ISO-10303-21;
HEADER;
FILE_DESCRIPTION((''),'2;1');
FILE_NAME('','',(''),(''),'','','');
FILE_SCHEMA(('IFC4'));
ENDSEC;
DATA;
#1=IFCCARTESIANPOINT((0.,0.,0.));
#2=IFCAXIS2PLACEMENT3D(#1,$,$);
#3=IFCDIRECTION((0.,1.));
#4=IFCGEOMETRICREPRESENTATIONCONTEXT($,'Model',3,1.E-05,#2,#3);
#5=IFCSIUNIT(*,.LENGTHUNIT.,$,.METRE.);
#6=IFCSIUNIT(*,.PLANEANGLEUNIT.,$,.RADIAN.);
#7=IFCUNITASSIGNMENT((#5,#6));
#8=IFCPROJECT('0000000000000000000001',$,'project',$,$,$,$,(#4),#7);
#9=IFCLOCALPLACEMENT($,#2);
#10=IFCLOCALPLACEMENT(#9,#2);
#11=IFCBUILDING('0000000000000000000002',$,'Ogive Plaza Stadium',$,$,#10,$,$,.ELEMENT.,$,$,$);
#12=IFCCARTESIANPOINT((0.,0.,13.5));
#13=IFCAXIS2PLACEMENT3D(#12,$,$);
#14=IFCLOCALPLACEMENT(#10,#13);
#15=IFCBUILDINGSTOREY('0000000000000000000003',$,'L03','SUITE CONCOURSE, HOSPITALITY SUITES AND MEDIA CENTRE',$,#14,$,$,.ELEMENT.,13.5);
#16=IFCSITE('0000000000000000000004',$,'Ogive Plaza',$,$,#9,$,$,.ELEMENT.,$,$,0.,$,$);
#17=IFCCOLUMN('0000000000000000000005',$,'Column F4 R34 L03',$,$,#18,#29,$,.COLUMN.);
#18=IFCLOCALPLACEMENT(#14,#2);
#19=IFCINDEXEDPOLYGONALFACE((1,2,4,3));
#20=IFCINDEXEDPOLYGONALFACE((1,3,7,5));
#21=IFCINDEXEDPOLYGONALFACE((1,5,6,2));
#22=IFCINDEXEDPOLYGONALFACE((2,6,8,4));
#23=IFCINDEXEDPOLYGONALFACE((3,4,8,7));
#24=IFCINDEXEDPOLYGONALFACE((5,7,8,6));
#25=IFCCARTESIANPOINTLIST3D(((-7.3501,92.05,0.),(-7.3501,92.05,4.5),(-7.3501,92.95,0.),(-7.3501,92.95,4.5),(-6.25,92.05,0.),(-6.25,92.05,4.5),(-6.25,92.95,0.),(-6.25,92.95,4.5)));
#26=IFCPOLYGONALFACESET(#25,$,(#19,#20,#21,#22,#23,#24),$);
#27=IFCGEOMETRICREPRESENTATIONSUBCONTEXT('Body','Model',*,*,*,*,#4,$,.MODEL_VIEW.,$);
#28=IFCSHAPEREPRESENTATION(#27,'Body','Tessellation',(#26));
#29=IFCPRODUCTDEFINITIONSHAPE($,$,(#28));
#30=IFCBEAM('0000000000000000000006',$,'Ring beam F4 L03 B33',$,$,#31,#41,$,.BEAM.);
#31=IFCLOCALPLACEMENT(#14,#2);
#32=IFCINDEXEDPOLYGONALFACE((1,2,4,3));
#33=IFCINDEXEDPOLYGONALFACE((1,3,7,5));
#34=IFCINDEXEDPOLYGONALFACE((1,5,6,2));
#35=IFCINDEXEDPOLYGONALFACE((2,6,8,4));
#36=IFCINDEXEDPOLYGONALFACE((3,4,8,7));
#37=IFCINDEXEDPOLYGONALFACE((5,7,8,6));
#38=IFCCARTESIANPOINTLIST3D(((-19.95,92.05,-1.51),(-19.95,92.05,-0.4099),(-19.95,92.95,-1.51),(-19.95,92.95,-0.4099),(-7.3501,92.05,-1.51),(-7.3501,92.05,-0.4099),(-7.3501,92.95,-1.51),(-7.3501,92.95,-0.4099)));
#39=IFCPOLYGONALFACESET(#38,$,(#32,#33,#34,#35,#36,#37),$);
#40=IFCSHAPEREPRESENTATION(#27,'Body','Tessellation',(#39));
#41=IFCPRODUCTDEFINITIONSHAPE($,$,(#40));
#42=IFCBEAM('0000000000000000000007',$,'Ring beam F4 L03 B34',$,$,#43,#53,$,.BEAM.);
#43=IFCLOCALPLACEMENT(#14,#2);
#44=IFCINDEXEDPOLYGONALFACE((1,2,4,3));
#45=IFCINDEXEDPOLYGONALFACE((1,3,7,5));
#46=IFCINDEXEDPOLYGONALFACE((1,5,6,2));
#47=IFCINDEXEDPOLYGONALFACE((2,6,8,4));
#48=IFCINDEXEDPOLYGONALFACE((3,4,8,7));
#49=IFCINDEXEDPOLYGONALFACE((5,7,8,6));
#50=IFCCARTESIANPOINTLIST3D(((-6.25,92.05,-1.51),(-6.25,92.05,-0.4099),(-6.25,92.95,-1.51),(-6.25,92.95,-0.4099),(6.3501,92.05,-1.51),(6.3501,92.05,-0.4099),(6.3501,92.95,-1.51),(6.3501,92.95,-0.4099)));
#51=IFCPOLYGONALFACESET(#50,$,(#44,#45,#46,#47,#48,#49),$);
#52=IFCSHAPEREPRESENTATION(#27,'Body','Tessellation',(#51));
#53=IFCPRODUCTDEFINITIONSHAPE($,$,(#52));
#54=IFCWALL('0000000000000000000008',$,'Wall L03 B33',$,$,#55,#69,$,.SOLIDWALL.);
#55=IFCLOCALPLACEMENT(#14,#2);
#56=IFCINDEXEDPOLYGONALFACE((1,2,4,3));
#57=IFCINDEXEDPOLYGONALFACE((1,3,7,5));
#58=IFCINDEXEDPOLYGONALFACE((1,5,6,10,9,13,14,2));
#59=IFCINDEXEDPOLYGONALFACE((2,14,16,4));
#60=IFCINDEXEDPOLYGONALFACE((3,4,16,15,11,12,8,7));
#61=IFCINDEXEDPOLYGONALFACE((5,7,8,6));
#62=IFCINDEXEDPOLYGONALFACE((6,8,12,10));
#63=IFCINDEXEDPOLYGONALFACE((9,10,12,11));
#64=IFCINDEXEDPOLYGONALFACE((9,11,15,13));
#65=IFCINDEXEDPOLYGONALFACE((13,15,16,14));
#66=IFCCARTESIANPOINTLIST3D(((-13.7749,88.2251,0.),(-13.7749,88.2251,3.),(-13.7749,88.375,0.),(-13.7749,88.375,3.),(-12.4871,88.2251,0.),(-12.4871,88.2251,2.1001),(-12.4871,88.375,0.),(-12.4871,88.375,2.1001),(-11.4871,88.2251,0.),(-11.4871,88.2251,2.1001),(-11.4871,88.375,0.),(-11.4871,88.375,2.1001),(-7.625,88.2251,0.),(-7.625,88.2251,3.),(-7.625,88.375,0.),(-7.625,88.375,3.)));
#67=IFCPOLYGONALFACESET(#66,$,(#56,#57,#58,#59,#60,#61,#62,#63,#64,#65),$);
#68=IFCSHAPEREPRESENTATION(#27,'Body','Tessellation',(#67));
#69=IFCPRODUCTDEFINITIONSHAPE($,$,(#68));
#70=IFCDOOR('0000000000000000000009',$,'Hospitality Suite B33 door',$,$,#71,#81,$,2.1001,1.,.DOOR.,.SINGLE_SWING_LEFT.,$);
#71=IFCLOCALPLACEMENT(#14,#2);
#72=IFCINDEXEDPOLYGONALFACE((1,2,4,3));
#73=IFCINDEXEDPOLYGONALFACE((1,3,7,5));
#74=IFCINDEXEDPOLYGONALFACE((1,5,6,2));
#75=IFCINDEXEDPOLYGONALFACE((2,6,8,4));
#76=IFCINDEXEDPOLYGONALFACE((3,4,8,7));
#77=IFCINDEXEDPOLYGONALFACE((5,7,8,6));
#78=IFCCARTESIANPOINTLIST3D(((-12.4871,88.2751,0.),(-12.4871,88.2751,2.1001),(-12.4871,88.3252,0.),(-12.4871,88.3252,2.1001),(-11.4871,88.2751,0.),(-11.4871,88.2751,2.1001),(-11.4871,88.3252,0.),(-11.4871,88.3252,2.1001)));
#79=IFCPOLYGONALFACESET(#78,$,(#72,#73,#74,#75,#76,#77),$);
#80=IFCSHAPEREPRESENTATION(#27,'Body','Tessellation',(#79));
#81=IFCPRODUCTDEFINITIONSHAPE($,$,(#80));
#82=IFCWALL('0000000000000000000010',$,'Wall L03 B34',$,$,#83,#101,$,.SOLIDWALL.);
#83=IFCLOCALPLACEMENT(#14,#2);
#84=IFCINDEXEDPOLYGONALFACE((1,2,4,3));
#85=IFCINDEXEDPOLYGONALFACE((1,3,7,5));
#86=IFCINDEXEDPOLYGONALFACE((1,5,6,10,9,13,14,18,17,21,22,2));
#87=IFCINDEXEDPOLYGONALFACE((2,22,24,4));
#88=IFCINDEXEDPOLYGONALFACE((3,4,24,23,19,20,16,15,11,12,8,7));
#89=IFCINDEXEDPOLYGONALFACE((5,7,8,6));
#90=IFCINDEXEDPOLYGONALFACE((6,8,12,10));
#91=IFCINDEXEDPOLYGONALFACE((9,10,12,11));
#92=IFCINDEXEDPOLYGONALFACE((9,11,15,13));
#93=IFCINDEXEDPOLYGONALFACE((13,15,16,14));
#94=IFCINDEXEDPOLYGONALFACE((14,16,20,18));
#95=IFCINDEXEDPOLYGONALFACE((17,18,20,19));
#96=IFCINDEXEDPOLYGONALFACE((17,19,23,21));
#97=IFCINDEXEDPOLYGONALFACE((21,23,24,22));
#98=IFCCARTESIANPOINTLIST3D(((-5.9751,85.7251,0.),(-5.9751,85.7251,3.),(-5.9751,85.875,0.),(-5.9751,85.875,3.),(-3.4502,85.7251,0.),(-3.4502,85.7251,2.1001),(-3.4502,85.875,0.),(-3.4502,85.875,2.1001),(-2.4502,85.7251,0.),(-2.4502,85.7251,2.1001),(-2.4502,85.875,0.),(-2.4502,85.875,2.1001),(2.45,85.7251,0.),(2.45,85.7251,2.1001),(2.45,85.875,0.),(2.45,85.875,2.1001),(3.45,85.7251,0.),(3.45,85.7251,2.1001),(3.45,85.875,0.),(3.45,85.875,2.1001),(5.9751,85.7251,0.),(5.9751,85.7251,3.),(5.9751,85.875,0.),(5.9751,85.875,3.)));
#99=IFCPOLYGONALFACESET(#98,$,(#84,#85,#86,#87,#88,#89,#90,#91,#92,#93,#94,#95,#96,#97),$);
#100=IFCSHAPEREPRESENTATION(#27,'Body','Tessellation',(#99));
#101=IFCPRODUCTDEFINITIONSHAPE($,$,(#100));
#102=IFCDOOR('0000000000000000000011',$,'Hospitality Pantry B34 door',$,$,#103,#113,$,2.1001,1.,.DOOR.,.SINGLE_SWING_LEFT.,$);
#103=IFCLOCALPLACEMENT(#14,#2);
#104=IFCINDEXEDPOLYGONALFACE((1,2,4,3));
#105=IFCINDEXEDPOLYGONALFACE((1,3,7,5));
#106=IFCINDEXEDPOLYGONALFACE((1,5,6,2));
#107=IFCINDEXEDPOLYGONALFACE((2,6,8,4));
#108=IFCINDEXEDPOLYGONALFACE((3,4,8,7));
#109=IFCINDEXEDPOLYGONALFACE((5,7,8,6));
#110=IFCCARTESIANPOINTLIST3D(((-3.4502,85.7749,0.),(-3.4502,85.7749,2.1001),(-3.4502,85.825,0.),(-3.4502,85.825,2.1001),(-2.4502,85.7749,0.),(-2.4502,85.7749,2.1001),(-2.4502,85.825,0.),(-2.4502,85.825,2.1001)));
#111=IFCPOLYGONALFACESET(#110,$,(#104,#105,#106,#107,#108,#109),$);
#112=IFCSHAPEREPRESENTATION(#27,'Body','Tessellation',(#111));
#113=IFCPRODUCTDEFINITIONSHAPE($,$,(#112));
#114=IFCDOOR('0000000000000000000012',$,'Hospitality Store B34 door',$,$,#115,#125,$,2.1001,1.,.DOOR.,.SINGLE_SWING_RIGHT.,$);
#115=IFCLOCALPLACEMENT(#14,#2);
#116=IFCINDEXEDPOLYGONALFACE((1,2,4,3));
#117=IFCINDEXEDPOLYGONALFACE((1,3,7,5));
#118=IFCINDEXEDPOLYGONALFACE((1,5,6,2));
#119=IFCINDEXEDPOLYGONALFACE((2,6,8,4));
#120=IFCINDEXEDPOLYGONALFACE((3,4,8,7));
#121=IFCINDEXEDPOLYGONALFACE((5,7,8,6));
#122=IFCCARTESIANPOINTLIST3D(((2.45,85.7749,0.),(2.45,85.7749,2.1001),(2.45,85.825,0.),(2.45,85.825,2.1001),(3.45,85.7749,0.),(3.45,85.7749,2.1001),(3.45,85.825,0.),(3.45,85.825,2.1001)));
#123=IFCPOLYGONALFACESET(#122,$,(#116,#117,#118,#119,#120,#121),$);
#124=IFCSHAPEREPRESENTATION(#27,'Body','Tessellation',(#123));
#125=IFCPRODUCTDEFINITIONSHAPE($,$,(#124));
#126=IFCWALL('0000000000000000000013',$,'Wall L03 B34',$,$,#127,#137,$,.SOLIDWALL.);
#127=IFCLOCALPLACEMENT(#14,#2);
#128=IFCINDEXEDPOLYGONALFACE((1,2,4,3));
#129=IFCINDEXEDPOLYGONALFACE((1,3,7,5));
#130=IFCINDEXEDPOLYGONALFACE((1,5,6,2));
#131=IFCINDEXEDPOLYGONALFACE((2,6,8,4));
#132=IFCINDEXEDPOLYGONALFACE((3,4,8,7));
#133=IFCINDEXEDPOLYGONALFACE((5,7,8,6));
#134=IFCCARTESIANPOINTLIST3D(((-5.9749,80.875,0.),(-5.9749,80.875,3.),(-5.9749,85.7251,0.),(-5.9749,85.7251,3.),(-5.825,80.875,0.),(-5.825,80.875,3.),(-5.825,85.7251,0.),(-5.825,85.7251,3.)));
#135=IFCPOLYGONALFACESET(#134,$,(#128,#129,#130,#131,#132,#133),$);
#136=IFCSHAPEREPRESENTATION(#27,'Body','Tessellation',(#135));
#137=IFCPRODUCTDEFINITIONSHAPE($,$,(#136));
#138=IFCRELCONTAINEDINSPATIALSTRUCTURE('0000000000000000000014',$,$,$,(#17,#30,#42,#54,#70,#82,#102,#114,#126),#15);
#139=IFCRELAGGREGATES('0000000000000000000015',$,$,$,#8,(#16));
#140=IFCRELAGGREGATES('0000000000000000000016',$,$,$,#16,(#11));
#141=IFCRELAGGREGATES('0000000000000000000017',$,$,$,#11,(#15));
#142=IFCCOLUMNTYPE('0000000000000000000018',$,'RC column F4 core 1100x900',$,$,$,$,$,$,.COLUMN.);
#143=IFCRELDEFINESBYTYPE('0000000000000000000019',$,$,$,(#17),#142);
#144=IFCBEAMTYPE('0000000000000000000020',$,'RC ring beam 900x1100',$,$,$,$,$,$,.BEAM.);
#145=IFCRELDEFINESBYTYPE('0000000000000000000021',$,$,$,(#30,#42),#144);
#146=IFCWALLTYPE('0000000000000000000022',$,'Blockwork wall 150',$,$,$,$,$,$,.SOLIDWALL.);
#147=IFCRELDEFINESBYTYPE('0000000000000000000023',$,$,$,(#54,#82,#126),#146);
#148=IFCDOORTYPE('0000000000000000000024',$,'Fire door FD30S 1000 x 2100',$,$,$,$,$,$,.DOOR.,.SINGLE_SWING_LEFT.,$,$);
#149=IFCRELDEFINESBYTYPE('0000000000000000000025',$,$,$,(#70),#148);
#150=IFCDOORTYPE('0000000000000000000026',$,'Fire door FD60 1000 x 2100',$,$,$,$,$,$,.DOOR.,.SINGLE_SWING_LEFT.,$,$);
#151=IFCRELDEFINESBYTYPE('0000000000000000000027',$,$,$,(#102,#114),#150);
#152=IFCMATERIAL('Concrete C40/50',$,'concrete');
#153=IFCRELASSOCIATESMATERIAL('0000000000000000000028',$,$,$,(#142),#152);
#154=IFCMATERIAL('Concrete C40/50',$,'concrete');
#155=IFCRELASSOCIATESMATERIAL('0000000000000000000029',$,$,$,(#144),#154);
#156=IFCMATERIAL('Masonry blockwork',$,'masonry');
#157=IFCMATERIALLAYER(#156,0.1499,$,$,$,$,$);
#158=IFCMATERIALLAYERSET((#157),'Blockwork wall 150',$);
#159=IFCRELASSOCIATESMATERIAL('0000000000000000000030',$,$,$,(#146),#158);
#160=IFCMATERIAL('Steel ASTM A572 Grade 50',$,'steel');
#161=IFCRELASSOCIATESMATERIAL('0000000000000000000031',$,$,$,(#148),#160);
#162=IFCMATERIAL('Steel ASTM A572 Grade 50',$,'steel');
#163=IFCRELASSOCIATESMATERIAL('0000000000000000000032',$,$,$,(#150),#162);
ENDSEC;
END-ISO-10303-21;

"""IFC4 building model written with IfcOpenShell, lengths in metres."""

from ifc_helpers import new_model, si_unit, direction, frame, frame_2d, origin, origin_2d, place, context, subcontext, project, spatial, rectangle, extrude, material, layer, layer_set, material_profile, profile_set, type_object, element, fill, save


model = new_model("IFC4")

# Units and contexts
model_context = context("Model", 3, precision=1e-05, world=origin(), true_north=direction((0.0, 1.0)))
body_context = subcontext(model_context, "Body", "Model", "MODEL_VIEW")
ifc_project = project(units=[si_unit("LENGTHUNIT", "METRE"), si_unit("PLANEANGLEUNIT", "RADIAN")], contexts=[model_context])

# Site, building, storey
site_placement = place(None, origin())
site = spatial("IfcSite", under=ifc_project, at=site_placement, Name="Ogive Plaza", CompositionType="ELEMENT", RefElevation=0.0)
building_placement = place(site_placement, origin())
building = spatial("IfcBuilding", under=site, at=building_placement, Name="Ogive Plaza Stadium", CompositionType="ELEMENT")
storey_placement = place(building_placement, frame((0.0, 0.0, 13.5)))
storey = spatial("IfcBuildingStorey", under=building, at=storey_placement, Name="L03", Description="SUITE CONCOURSE, HOSPITALITY SUITES AND MEDIA CENTRE", CompositionType="ELEMENT", Elevation=13.5)

# Column
ifc_material_1 = material(Name="Concrete C40/50", Category="concrete")
ifc_material_profile_1 = material_profile(ifc_material_1, rectangle(XDim=1.1001, YDim=0.8999, at=origin_2d()), Name="RC 1100x900")
ifc_profile_set_1 = profile_set([ifc_material_profile_1], Name="Concrete C40/50")
column_type = type_object("IfcColumnType", Name="RC column F4 core 1100x900", PredefinedType="COLUMN", material=ifc_profile_set_1)
column_placement = place(storey_placement, frame((-6.8, 92.5, 0.0), z_axis=(0.0, 0.0, 1.0), x_axis=(-1.0, 0.0, 0.0)))
element("IfcColumn", 1, at=column_placement, inside=storey, type_object=column_type, Name="Column F4 R34 L03", PredefinedType="COLUMN", context=body_context, shape_type="SweptSolid", body=[
    extrude(rectangle(XDim=1.1001, YDim=0.8999, at=origin_2d()), origin(), (0.0, 0.0, 1.0), 4.5),
])

# Beams
ifc_material_2 = material(Name="Concrete C40/50", Category="concrete")
ifc_material_profile_2 = material_profile(ifc_material_2, rectangle(XDim=0.8999, YDim=1.1001, at=origin_2d()), Name="RC 900x1100")
ifc_profile_set_2 = profile_set([ifc_material_profile_2], Name="Concrete C40/50")
beam_type = type_object("IfcBeamType", Name="RC ring beam 900x1100", PredefinedType="BEAM", material=ifc_profile_set_2)
beam_1_placement = place(storey_placement, frame((-19.95, 92.5, -0.96), z_axis=(1.0, 0.0, 0.0), x_axis=(0.0, 1.0, 0.0)))
element("IfcBeam", 2, at=beam_1_placement, inside=storey, type_object=beam_type, Name="Ring beam F4 L03 B33", PredefinedType="BEAM", context=body_context, shape_type="SweptSolid", body=[
    extrude(rectangle(XDim=0.8999, YDim=1.1001, at=origin_2d()), origin(), (0.0, 0.0, 1.0), 12.5999),
])
beam_2_placement = place(storey_placement, frame((-6.25, 92.5, -0.96), z_axis=(1.0, 0.0, 0.0), x_axis=(0.0, 1.0, 0.0)))
element("IfcBeam", 3, at=beam_2_placement, inside=storey, type_object=beam_type, Name="Ring beam F4 L03 B34", PredefinedType="BEAM", context=body_context, shape_type="SweptSolid", body=[
    extrude(rectangle(XDim=0.8999, YDim=1.1001, at=origin_2d()), origin(), (0.0, 0.0, 1.0), 12.6001),
])

# Wall, opening, door
ifc_material_3 = material(Name="Masonry blockwork", Category="masonry")
ifc_layer_1 = layer(ifc_material_3, 0.1499)
ifc_layer_set_1 = layer_set([ifc_layer_1], Name="Blockwork wall 150")
wall_type_1 = type_object("IfcWallType", Name="Blockwork wall 150", PredefinedType="SOLIDWALL", material=ifc_layer_set_1)
wall_1_placement = place(storey_placement, frame((-7.625, 88.3, 0.0), z_axis=(0.0, 0.0, 1.0), x_axis=(-1.0, 0.0, 0.0)))
wall_1 = element("IfcWall", 4, at=wall_1_placement, inside=storey, type_object=wall_type_1, Name="Wall L03 B33", PredefinedType="SOLIDWALL", context=body_context, shape_type="SweptSolid", body=[
    extrude(rectangle(XDim=6.1499, YDim=0.1499, at=frame_2d((3.075, 0.0))), origin(), (0.0, 0.0, 1.0), 3.0),
])
opening_1_placement = place(wall_1_placement, frame((3.8621, 0.0, 0.0)))
opening_1 = element("IfcOpeningElement", 5, at=opening_1_placement, cuts=wall_1, PredefinedType="OPENING", context=body_context, shape_type="SweptSolid", body=[
    extrude(rectangle(XDim=1.0, YDim=2.1001, at=frame_2d((0.5, 1.05))), frame((0.0, 0.075, 0.0), z_axis=(0.0, -1.0, 0.0), x_axis=(1.0, 0.0, 0.0)), (0.0, 0.0, 1.0), 0.1499),
])
ifc_material_4 = material(Name="Steel ASTM A572 Grade 50", Category="steel")
door_type_1 = type_object("IfcDoorType", Name="Fire door FD30S 1000 x 2100", OperationType="SINGLE_SWING_LEFT", PredefinedType="DOOR", material=ifc_material_4)
door_1_placement = place(opening_1_placement, origin())
door_1 = element("IfcDoor", 6, at=door_1_placement, inside=storey, type_object=door_type_1, Name="Hospitality Suite B33 door", OperationType="SINGLE_SWING_LEFT", OverallHeight=2.1001, OverallWidth=1.0, PredefinedType="DOOR", context=body_context, shape_type="SweptSolid", body=[
    extrude(rectangle(XDim=1.0, YDim=2.1001, at=frame_2d((0.5, 1.05))), frame((0.0, 0.0249, 0.0), z_axis=(0.0, -1.0, 0.0), x_axis=(1.0, 0.0, 0.0)), (0.0, 0.0, 1.0), 0.05),
])
fill(opening_1, door_1)

# Wall, openings, doors
wall_2_placement = place(storey_placement, frame((-5.9751, 85.8, 0.0), z_axis=(0.0, 0.0, 1.0), x_axis=(1.0, 0.0, 0.0)))
wall_2 = element("IfcWall", 7, at=wall_2_placement, inside=storey, type_object=wall_type_1, Name="Wall L03 B34", PredefinedType="SOLIDWALL", context=body_context, shape_type="SweptSolid", body=[
    extrude(rectangle(XDim=11.9502, YDim=0.1499, at=frame_2d((5.9751, 0.0))), origin(), (0.0, 0.0, 1.0), 3.0),
])
opening_2_placement = place(wall_2_placement, frame((2.5249, 0.0, 0.0)))
opening_2 = element("IfcOpeningElement", 8, at=opening_2_placement, cuts=wall_2, PredefinedType="OPENING", context=body_context, shape_type="SweptSolid", body=[
    extrude(rectangle(XDim=1.0, YDim=2.1001, at=frame_2d((0.5, 1.05))), frame((0.0, 0.075, 0.0), z_axis=(0.0, -1.0, 0.0), x_axis=(1.0, 0.0, 0.0)), (0.0, 0.0, 1.0), 0.1499),
])
opening_3_placement = place(wall_2_placement, frame((8.425, 0.0, 0.0)))
opening_3 = element("IfcOpeningElement", 9, at=opening_3_placement, cuts=wall_2, PredefinedType="OPENING", context=body_context, shape_type="SweptSolid", body=[
    extrude(rectangle(XDim=1.0, YDim=2.1001, at=frame_2d((0.5, 1.05))), frame((0.0, 0.075, 0.0), z_axis=(0.0, -1.0, 0.0), x_axis=(1.0, 0.0, 0.0)), (0.0, 0.0, 1.0), 0.1499),
])
ifc_material_5 = material(Name="Steel ASTM A572 Grade 50", Category="steel")
door_type_2 = type_object("IfcDoorType", Name="Fire door FD60 1000 x 2100", OperationType="SINGLE_SWING_LEFT", PredefinedType="DOOR", material=ifc_material_5)
door_2_placement = place(opening_2_placement, origin())
door_2 = element("IfcDoor", 10, at=door_2_placement, inside=storey, type_object=door_type_2, Name="Hospitality Pantry B34 door", OperationType="SINGLE_SWING_LEFT", OverallHeight=2.1001, OverallWidth=1.0, PredefinedType="DOOR", context=body_context, shape_type="SweptSolid", body=[
    extrude(rectangle(XDim=1.0, YDim=2.1001, at=frame_2d((0.5, 1.05))), frame((0.0, 0.0249, 0.0), z_axis=(0.0, -1.0, 0.0), x_axis=(1.0, 0.0, 0.0)), (0.0, 0.0, 1.0), 0.05),
])
fill(opening_2, door_2)
door_3_placement = place(opening_3_placement, origin())
door_3 = element("IfcDoor", 11, at=door_3_placement, inside=storey, type_object=door_type_2, Name="Hospitality Store B34 door", OperationType="SINGLE_SWING_RIGHT", OverallHeight=2.1001, OverallWidth=1.0, PredefinedType="DOOR", context=body_context, shape_type="SweptSolid", body=[
    extrude(rectangle(XDim=1.0, YDim=2.1001, at=frame_2d((0.5, 1.05))), frame((0.0, 0.0249, 0.0), z_axis=(0.0, -1.0, 0.0), x_axis=(1.0, 0.0, 0.0)), (0.0, 0.0, 1.0), 0.05),
])
fill(opening_3, door_3)

# Wall
wall_3_placement = place(storey_placement, frame((-5.8999, 80.875, 0.0), z_axis=(0.0, 0.0, 1.0), x_axis=(0.0, 1.0, 0.0)))
element("IfcWall", 12, at=wall_3_placement, inside=storey, type_object=wall_type_1, Name="Wall L03 B34", PredefinedType="SOLIDWALL", context=body_context, shape_type="SweptSolid", body=[
    extrude(rectangle(XDim=4.8501, YDim=0.1499, at=frame_2d((2.425, 0.0))), origin(), (0.0, 0.0, 1.0), 3.0),
])

save(model, "model.ifc")
